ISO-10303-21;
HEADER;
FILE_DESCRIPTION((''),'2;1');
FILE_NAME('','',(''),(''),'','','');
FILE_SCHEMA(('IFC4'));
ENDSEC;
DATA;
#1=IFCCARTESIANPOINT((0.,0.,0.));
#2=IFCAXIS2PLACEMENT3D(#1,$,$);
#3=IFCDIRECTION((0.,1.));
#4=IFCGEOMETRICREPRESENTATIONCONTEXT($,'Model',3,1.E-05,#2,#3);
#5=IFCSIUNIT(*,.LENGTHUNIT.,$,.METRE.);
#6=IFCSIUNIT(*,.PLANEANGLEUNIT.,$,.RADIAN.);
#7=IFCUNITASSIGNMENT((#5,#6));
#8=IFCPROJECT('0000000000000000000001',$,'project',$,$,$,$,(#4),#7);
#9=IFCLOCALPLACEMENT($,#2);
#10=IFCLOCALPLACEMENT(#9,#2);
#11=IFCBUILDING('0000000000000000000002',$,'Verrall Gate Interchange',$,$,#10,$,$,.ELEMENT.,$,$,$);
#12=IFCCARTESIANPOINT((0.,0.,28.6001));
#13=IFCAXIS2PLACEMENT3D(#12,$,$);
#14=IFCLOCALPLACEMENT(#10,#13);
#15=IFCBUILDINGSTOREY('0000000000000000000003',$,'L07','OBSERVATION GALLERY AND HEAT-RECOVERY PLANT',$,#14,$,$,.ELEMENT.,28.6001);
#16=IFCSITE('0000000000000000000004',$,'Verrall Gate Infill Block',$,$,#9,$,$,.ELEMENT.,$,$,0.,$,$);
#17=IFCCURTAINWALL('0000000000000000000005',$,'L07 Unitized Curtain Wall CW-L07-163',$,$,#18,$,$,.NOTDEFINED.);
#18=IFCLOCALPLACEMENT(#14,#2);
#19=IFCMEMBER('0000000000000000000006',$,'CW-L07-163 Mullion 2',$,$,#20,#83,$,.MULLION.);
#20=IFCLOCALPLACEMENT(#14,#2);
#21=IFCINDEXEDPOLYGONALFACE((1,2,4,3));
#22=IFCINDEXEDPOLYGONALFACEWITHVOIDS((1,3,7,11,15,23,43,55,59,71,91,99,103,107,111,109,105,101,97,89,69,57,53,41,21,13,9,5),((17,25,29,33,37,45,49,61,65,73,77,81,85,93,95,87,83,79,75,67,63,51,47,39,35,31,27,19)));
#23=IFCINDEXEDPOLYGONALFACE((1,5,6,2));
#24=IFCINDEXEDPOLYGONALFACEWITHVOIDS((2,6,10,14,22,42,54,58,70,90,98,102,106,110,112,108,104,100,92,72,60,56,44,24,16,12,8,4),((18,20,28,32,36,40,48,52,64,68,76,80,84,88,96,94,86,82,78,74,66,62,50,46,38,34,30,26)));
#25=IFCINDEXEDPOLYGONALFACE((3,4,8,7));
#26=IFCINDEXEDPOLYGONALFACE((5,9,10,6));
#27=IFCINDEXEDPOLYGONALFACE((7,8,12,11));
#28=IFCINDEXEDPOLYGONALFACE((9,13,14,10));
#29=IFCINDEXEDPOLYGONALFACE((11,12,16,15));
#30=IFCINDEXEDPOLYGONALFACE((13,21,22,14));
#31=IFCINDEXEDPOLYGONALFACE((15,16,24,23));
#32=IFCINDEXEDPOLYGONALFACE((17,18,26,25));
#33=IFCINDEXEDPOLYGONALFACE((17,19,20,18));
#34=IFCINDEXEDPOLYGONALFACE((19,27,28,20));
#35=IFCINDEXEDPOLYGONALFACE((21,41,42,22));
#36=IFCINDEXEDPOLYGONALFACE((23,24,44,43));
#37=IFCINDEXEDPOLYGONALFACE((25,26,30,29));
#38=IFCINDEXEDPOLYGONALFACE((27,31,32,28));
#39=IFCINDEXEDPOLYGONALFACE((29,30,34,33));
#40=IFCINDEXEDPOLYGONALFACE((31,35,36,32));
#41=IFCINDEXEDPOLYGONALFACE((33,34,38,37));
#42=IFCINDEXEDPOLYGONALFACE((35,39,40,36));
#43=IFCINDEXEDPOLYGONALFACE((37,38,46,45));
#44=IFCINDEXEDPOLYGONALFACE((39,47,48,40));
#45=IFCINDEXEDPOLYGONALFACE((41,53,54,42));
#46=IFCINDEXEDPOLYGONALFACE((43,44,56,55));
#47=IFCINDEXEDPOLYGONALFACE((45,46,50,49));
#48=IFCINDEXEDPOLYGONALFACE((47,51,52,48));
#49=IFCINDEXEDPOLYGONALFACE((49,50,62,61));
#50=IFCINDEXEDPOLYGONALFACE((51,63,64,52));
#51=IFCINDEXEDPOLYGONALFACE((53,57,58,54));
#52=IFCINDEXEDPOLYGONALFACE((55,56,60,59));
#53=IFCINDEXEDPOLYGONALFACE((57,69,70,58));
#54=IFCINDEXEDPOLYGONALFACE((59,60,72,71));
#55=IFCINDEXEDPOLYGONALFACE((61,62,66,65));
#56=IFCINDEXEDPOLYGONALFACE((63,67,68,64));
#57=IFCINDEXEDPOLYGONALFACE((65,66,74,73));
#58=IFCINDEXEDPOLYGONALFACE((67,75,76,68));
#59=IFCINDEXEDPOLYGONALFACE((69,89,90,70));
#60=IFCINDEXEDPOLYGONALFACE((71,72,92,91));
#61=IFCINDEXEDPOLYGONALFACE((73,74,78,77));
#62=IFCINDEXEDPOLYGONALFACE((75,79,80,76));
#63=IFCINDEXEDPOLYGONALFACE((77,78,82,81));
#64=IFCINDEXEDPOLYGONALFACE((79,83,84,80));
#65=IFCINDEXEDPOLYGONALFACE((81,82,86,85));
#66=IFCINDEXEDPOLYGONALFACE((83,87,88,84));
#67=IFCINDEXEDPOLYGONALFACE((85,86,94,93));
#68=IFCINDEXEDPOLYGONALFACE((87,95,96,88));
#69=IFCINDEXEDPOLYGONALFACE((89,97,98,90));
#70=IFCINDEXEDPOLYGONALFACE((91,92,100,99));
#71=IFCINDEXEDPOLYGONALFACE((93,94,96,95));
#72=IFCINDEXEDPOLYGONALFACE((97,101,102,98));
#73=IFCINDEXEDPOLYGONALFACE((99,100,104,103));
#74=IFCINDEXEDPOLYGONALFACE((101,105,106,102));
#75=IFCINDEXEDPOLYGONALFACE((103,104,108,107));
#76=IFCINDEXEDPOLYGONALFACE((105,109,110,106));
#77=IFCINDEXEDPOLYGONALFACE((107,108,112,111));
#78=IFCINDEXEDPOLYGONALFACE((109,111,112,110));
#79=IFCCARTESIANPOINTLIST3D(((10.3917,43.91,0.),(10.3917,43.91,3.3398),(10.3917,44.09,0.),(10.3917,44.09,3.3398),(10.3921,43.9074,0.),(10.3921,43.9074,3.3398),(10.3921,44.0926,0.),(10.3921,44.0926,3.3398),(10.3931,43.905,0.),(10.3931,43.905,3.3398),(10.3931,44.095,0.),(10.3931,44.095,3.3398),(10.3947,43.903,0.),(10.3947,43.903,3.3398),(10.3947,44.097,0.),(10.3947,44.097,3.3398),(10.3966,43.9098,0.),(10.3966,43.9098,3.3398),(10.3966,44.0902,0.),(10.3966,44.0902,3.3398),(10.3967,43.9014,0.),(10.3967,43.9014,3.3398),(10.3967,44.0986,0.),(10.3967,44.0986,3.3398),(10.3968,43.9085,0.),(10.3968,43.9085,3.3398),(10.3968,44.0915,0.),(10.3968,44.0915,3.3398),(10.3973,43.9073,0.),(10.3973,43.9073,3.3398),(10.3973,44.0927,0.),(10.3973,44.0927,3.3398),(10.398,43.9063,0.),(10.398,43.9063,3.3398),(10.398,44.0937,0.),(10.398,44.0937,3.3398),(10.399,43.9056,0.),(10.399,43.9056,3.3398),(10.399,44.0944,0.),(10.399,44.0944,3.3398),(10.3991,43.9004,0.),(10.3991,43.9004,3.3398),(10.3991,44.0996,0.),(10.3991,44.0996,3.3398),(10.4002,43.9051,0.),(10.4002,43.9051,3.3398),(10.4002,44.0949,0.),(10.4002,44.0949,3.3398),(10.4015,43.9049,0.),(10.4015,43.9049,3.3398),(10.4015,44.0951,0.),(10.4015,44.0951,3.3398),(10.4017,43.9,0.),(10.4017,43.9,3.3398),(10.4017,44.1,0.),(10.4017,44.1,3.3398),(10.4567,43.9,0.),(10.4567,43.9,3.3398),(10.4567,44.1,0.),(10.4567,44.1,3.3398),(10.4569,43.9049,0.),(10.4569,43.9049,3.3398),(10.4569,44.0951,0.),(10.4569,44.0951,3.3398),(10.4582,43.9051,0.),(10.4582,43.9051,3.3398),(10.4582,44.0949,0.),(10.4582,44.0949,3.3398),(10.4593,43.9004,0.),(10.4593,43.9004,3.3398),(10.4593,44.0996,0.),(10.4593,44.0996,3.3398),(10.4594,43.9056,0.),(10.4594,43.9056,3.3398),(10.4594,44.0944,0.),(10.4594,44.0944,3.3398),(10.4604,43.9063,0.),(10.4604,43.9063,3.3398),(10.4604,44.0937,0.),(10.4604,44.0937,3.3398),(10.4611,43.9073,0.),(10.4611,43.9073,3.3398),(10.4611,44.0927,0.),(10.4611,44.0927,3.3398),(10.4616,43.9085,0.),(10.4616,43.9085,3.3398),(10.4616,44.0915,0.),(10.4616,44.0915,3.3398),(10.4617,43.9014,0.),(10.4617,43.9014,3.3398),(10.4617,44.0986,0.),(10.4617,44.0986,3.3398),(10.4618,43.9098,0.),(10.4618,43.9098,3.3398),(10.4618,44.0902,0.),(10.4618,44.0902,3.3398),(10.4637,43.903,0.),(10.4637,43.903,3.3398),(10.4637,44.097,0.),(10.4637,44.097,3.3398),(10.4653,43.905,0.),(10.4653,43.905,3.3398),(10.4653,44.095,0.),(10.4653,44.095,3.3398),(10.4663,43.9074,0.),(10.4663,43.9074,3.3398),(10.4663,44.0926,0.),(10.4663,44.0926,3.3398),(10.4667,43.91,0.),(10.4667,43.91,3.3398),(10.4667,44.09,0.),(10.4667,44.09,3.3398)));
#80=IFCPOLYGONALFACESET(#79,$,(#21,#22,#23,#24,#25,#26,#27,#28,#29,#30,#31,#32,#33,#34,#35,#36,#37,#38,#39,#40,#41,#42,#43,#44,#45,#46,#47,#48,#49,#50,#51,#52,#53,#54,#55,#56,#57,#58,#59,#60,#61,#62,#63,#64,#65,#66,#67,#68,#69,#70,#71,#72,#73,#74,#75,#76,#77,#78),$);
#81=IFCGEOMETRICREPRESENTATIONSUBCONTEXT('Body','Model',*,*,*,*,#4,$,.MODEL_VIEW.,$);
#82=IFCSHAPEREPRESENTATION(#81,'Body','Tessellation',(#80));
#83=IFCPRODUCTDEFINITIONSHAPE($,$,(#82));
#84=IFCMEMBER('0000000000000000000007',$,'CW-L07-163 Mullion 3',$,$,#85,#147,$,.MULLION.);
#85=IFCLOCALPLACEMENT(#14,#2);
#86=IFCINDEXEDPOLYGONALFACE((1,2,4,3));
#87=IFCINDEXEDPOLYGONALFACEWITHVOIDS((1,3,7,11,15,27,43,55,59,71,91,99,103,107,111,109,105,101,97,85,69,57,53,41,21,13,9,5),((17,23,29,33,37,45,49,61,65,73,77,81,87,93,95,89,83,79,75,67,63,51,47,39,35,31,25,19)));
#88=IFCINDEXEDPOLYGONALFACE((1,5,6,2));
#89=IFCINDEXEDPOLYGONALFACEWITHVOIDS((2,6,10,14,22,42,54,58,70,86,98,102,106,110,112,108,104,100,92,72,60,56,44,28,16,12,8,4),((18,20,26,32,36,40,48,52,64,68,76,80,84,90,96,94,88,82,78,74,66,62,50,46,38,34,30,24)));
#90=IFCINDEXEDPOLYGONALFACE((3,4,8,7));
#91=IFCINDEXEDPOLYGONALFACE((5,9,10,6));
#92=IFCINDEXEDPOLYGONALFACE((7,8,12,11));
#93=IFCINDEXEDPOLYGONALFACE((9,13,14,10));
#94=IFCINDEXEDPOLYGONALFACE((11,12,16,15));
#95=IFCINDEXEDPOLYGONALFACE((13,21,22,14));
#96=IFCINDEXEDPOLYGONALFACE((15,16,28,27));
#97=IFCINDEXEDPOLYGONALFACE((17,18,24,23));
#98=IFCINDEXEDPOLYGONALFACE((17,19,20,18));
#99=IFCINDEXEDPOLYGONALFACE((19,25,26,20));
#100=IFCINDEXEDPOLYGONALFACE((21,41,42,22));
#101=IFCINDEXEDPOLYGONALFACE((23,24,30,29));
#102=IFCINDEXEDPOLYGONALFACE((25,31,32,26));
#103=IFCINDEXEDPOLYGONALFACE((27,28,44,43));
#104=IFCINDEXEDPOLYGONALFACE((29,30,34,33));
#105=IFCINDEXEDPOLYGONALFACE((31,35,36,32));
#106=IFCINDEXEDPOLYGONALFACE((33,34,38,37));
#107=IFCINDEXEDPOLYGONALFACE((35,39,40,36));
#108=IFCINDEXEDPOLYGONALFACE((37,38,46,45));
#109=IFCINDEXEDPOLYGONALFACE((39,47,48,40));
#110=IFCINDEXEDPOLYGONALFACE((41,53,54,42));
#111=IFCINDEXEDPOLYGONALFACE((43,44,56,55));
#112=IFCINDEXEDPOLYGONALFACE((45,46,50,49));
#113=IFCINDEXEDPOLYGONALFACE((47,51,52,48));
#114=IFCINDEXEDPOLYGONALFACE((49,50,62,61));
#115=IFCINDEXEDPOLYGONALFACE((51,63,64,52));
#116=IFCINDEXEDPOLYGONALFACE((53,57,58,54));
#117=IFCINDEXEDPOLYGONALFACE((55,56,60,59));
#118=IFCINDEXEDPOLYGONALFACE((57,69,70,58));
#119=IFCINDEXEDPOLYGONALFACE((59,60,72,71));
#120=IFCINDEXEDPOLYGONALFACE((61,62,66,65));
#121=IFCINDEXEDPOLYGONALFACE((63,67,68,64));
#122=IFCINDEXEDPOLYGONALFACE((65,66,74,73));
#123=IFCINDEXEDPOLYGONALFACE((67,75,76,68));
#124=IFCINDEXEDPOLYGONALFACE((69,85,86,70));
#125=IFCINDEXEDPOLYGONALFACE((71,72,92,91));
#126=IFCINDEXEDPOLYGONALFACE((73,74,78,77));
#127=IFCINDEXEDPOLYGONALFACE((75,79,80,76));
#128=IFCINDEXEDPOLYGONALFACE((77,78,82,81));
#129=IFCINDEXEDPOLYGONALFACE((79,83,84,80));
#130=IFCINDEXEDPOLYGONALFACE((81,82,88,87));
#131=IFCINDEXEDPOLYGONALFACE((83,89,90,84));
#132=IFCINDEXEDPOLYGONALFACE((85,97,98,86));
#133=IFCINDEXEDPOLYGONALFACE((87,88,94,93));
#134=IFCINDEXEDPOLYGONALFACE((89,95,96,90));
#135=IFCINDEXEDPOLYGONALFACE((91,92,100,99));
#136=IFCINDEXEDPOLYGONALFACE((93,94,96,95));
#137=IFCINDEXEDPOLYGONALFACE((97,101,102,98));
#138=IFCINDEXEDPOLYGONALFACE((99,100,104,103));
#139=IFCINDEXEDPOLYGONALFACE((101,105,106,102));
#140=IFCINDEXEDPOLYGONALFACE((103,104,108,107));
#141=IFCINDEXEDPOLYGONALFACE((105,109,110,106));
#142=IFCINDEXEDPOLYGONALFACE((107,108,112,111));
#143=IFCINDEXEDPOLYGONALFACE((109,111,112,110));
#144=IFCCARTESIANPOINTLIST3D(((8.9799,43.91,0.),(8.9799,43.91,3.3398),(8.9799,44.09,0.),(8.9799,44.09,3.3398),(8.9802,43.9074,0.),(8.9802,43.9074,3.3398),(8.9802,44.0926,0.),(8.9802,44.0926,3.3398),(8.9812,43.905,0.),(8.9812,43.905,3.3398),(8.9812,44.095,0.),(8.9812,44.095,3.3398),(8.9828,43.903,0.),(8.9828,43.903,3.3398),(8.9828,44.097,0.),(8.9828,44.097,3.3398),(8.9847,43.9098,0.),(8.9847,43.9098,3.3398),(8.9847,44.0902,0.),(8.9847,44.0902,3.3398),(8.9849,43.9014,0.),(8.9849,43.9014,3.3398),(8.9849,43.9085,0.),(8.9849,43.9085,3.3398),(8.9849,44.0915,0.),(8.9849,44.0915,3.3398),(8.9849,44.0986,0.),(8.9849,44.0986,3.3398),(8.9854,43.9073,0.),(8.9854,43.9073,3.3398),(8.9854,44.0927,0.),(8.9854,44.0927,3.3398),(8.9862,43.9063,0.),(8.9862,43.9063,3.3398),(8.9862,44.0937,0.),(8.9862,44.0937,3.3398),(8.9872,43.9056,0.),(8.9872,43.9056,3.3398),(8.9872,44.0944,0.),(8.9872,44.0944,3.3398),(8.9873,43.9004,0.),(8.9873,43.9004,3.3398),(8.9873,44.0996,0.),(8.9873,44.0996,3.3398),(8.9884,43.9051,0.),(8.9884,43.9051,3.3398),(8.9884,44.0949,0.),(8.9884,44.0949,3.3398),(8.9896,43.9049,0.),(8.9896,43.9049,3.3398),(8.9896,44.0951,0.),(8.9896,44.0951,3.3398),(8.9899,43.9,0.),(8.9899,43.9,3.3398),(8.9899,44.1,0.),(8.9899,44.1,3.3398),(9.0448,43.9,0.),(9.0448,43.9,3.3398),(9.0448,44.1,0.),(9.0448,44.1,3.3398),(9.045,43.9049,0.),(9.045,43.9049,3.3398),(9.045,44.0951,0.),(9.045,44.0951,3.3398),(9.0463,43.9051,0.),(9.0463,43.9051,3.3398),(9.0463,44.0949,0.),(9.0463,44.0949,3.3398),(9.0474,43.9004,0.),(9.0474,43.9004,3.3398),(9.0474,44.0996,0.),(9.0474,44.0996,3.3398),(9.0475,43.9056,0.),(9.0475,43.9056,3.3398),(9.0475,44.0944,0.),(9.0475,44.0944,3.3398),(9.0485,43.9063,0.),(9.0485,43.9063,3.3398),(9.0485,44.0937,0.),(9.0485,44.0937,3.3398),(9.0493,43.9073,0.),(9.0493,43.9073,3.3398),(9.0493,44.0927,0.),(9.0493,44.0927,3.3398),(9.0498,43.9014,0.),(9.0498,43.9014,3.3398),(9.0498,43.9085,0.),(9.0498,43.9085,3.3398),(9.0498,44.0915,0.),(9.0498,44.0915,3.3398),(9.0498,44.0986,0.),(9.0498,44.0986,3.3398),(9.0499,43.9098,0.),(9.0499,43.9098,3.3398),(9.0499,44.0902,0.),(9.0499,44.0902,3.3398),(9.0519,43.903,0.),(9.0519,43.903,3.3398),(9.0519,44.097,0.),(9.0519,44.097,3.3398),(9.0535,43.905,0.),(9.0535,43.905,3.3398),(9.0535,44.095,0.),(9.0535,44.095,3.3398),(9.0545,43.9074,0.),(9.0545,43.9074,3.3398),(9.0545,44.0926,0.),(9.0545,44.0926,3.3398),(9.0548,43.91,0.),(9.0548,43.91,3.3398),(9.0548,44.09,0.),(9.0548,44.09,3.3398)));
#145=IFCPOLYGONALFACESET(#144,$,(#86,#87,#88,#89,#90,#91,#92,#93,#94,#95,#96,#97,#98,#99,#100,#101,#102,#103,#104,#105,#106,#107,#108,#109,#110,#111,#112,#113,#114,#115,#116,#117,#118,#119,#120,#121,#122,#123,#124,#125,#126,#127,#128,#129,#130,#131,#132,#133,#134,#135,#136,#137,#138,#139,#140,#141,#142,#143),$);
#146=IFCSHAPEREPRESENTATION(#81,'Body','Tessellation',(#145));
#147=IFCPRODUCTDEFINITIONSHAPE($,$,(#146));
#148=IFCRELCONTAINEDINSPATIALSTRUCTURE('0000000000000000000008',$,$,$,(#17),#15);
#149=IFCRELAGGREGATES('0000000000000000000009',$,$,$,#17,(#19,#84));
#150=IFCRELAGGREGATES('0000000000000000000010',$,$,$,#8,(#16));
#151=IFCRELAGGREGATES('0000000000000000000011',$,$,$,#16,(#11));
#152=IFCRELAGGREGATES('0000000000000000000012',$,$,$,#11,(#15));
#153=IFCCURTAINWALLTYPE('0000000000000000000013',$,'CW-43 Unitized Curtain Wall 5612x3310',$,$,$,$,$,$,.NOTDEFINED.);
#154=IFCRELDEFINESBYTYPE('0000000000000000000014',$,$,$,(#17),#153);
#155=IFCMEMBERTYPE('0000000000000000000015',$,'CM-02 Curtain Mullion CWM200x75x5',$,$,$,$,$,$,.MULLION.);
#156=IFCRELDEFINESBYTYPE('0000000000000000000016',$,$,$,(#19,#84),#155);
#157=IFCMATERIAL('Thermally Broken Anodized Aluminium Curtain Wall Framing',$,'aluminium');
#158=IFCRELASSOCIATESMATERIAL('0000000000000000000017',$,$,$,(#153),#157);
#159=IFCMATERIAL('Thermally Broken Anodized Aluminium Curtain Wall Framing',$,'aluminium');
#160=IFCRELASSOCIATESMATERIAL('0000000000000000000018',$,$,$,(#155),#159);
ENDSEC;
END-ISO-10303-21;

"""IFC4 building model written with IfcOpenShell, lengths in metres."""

from ifc_helpers import new_model, si_unit, direction, frame, origin, origin_2d, place, context, subcontext, project, spatial, hollow_rectangle, extrude, material, material_profile, profile_set, type_object, element, aggregate, save


model = new_model("IFC4")

# Units and contexts
model_context = context("Model", 3, precision=1e-05, world=origin(), true_north=direction((0.0, 1.0)))
body_context = subcontext(model_context, "Body", "Model", "MODEL_VIEW")
ifc_project = project(units=[si_unit("LENGTHUNIT", "METRE"), si_unit("PLANEANGLEUNIT", "RADIAN")], contexts=[model_context])

# Site, building, storey
site_placement = place(None, origin())
site = spatial("IfcSite", under=ifc_project, at=site_placement, Name="Verrall Gate Infill Block", CompositionType="ELEMENT", RefElevation=0.0)
building_placement = place(site_placement, origin())
building = spatial("IfcBuilding", under=site, at=building_placement, Name="Verrall Gate Interchange", CompositionType="ELEMENT")
storey_placement = place(building_placement, frame((0.0, 0.0, 28.6001)))
storey = spatial("IfcBuildingStorey", under=building, at=storey_placement, Name="L07", Description="OBSERVATION GALLERY AND HEAT-RECOVERY PLANT", CompositionType="ELEMENT", Elevation=28.6001)

# Curtain wall, members
ifc_material_1 = material(Name="Thermally Broken Anodized Aluminium Curtain Wall Framing", Category="aluminium")
curtain_wall_type = type_object("IfcCurtainWallType", Name="CW-43 Unitized Curtain Wall 5612x3310", PredefinedType="NOTDEFINED", material=ifc_material_1)
curtain_wall_placement = place(storey_placement, origin())
curtain_wall = element("IfcCurtainWall", 1, at=curtain_wall_placement, inside=storey, type_object=curtain_wall_type, Name="L07 Unitized Curtain Wall CW-L07-163", PredefinedType="NOTDEFINED")
ifc_material_2 = material(Name="Thermally Broken Anodized Aluminium Curtain Wall Framing", Category="aluminium")
ifc_material_profile_1 = material_profile(ifc_material_2, hollow_rectangle(XDim=0.075, YDim=0.2, WallThickness=0.0049, InnerFilletRadius=0.0049, OuterFilletRadius=0.01, at=origin_2d()), Name="CWM200x75x5")
ifc_profile_set_1 = profile_set([ifc_material_profile_1], Name="Thermally Broken Anodized Aluminium Curtain Wall Framing")
member_type_1 = type_object("IfcMemberType", Name="CM-02 Curtain Mullion CWM200x75x5", PredefinedType="MULLION", material=ifc_profile_set_1)
member_1_placement = place(storey_placement, frame((10.4292, 44.0, 0.0), z_axis=(0.0, 0.0, 1.0), x_axis=(-1.0, 0.0, 0.0)))
member_1 = element("IfcMember", 2, at=member_1_placement, type_object=member_type_1, Name="CW-L07-163 Mullion 2", PredefinedType="MULLION", context=body_context, shape_type="SweptSolid", body=[
    extrude(hollow_rectangle(XDim=0.075, YDim=0.2, WallThickness=0.0049, InnerFilletRadius=0.0049, OuterFilletRadius=0.01, at=origin_2d()), origin(), (0.0, 0.0, 1.0), 3.3398),
])
member_2_placement = place(storey_placement, frame((9.0173, 44.0, 0.0), z_axis=(0.0, 0.0, 1.0), x_axis=(-1.0, 0.0, 0.0)))
member_2 = element("IfcMember", 3, at=member_2_placement, type_object=member_type_1, Name="CW-L07-163 Mullion 3", PredefinedType="MULLION", context=body_context, shape_type="SweptSolid", body=[
    extrude(hollow_rectangle(XDim=0.075, YDim=0.2, WallThickness=0.0049, InnerFilletRadius=0.0049, OuterFilletRadius=0.01, at=origin_2d()), origin(), (0.0, 0.0, 1.0), 3.3398),
])

aggregate(curtain_wall, [member_1, member_2])

save(model, "model.ifc")
